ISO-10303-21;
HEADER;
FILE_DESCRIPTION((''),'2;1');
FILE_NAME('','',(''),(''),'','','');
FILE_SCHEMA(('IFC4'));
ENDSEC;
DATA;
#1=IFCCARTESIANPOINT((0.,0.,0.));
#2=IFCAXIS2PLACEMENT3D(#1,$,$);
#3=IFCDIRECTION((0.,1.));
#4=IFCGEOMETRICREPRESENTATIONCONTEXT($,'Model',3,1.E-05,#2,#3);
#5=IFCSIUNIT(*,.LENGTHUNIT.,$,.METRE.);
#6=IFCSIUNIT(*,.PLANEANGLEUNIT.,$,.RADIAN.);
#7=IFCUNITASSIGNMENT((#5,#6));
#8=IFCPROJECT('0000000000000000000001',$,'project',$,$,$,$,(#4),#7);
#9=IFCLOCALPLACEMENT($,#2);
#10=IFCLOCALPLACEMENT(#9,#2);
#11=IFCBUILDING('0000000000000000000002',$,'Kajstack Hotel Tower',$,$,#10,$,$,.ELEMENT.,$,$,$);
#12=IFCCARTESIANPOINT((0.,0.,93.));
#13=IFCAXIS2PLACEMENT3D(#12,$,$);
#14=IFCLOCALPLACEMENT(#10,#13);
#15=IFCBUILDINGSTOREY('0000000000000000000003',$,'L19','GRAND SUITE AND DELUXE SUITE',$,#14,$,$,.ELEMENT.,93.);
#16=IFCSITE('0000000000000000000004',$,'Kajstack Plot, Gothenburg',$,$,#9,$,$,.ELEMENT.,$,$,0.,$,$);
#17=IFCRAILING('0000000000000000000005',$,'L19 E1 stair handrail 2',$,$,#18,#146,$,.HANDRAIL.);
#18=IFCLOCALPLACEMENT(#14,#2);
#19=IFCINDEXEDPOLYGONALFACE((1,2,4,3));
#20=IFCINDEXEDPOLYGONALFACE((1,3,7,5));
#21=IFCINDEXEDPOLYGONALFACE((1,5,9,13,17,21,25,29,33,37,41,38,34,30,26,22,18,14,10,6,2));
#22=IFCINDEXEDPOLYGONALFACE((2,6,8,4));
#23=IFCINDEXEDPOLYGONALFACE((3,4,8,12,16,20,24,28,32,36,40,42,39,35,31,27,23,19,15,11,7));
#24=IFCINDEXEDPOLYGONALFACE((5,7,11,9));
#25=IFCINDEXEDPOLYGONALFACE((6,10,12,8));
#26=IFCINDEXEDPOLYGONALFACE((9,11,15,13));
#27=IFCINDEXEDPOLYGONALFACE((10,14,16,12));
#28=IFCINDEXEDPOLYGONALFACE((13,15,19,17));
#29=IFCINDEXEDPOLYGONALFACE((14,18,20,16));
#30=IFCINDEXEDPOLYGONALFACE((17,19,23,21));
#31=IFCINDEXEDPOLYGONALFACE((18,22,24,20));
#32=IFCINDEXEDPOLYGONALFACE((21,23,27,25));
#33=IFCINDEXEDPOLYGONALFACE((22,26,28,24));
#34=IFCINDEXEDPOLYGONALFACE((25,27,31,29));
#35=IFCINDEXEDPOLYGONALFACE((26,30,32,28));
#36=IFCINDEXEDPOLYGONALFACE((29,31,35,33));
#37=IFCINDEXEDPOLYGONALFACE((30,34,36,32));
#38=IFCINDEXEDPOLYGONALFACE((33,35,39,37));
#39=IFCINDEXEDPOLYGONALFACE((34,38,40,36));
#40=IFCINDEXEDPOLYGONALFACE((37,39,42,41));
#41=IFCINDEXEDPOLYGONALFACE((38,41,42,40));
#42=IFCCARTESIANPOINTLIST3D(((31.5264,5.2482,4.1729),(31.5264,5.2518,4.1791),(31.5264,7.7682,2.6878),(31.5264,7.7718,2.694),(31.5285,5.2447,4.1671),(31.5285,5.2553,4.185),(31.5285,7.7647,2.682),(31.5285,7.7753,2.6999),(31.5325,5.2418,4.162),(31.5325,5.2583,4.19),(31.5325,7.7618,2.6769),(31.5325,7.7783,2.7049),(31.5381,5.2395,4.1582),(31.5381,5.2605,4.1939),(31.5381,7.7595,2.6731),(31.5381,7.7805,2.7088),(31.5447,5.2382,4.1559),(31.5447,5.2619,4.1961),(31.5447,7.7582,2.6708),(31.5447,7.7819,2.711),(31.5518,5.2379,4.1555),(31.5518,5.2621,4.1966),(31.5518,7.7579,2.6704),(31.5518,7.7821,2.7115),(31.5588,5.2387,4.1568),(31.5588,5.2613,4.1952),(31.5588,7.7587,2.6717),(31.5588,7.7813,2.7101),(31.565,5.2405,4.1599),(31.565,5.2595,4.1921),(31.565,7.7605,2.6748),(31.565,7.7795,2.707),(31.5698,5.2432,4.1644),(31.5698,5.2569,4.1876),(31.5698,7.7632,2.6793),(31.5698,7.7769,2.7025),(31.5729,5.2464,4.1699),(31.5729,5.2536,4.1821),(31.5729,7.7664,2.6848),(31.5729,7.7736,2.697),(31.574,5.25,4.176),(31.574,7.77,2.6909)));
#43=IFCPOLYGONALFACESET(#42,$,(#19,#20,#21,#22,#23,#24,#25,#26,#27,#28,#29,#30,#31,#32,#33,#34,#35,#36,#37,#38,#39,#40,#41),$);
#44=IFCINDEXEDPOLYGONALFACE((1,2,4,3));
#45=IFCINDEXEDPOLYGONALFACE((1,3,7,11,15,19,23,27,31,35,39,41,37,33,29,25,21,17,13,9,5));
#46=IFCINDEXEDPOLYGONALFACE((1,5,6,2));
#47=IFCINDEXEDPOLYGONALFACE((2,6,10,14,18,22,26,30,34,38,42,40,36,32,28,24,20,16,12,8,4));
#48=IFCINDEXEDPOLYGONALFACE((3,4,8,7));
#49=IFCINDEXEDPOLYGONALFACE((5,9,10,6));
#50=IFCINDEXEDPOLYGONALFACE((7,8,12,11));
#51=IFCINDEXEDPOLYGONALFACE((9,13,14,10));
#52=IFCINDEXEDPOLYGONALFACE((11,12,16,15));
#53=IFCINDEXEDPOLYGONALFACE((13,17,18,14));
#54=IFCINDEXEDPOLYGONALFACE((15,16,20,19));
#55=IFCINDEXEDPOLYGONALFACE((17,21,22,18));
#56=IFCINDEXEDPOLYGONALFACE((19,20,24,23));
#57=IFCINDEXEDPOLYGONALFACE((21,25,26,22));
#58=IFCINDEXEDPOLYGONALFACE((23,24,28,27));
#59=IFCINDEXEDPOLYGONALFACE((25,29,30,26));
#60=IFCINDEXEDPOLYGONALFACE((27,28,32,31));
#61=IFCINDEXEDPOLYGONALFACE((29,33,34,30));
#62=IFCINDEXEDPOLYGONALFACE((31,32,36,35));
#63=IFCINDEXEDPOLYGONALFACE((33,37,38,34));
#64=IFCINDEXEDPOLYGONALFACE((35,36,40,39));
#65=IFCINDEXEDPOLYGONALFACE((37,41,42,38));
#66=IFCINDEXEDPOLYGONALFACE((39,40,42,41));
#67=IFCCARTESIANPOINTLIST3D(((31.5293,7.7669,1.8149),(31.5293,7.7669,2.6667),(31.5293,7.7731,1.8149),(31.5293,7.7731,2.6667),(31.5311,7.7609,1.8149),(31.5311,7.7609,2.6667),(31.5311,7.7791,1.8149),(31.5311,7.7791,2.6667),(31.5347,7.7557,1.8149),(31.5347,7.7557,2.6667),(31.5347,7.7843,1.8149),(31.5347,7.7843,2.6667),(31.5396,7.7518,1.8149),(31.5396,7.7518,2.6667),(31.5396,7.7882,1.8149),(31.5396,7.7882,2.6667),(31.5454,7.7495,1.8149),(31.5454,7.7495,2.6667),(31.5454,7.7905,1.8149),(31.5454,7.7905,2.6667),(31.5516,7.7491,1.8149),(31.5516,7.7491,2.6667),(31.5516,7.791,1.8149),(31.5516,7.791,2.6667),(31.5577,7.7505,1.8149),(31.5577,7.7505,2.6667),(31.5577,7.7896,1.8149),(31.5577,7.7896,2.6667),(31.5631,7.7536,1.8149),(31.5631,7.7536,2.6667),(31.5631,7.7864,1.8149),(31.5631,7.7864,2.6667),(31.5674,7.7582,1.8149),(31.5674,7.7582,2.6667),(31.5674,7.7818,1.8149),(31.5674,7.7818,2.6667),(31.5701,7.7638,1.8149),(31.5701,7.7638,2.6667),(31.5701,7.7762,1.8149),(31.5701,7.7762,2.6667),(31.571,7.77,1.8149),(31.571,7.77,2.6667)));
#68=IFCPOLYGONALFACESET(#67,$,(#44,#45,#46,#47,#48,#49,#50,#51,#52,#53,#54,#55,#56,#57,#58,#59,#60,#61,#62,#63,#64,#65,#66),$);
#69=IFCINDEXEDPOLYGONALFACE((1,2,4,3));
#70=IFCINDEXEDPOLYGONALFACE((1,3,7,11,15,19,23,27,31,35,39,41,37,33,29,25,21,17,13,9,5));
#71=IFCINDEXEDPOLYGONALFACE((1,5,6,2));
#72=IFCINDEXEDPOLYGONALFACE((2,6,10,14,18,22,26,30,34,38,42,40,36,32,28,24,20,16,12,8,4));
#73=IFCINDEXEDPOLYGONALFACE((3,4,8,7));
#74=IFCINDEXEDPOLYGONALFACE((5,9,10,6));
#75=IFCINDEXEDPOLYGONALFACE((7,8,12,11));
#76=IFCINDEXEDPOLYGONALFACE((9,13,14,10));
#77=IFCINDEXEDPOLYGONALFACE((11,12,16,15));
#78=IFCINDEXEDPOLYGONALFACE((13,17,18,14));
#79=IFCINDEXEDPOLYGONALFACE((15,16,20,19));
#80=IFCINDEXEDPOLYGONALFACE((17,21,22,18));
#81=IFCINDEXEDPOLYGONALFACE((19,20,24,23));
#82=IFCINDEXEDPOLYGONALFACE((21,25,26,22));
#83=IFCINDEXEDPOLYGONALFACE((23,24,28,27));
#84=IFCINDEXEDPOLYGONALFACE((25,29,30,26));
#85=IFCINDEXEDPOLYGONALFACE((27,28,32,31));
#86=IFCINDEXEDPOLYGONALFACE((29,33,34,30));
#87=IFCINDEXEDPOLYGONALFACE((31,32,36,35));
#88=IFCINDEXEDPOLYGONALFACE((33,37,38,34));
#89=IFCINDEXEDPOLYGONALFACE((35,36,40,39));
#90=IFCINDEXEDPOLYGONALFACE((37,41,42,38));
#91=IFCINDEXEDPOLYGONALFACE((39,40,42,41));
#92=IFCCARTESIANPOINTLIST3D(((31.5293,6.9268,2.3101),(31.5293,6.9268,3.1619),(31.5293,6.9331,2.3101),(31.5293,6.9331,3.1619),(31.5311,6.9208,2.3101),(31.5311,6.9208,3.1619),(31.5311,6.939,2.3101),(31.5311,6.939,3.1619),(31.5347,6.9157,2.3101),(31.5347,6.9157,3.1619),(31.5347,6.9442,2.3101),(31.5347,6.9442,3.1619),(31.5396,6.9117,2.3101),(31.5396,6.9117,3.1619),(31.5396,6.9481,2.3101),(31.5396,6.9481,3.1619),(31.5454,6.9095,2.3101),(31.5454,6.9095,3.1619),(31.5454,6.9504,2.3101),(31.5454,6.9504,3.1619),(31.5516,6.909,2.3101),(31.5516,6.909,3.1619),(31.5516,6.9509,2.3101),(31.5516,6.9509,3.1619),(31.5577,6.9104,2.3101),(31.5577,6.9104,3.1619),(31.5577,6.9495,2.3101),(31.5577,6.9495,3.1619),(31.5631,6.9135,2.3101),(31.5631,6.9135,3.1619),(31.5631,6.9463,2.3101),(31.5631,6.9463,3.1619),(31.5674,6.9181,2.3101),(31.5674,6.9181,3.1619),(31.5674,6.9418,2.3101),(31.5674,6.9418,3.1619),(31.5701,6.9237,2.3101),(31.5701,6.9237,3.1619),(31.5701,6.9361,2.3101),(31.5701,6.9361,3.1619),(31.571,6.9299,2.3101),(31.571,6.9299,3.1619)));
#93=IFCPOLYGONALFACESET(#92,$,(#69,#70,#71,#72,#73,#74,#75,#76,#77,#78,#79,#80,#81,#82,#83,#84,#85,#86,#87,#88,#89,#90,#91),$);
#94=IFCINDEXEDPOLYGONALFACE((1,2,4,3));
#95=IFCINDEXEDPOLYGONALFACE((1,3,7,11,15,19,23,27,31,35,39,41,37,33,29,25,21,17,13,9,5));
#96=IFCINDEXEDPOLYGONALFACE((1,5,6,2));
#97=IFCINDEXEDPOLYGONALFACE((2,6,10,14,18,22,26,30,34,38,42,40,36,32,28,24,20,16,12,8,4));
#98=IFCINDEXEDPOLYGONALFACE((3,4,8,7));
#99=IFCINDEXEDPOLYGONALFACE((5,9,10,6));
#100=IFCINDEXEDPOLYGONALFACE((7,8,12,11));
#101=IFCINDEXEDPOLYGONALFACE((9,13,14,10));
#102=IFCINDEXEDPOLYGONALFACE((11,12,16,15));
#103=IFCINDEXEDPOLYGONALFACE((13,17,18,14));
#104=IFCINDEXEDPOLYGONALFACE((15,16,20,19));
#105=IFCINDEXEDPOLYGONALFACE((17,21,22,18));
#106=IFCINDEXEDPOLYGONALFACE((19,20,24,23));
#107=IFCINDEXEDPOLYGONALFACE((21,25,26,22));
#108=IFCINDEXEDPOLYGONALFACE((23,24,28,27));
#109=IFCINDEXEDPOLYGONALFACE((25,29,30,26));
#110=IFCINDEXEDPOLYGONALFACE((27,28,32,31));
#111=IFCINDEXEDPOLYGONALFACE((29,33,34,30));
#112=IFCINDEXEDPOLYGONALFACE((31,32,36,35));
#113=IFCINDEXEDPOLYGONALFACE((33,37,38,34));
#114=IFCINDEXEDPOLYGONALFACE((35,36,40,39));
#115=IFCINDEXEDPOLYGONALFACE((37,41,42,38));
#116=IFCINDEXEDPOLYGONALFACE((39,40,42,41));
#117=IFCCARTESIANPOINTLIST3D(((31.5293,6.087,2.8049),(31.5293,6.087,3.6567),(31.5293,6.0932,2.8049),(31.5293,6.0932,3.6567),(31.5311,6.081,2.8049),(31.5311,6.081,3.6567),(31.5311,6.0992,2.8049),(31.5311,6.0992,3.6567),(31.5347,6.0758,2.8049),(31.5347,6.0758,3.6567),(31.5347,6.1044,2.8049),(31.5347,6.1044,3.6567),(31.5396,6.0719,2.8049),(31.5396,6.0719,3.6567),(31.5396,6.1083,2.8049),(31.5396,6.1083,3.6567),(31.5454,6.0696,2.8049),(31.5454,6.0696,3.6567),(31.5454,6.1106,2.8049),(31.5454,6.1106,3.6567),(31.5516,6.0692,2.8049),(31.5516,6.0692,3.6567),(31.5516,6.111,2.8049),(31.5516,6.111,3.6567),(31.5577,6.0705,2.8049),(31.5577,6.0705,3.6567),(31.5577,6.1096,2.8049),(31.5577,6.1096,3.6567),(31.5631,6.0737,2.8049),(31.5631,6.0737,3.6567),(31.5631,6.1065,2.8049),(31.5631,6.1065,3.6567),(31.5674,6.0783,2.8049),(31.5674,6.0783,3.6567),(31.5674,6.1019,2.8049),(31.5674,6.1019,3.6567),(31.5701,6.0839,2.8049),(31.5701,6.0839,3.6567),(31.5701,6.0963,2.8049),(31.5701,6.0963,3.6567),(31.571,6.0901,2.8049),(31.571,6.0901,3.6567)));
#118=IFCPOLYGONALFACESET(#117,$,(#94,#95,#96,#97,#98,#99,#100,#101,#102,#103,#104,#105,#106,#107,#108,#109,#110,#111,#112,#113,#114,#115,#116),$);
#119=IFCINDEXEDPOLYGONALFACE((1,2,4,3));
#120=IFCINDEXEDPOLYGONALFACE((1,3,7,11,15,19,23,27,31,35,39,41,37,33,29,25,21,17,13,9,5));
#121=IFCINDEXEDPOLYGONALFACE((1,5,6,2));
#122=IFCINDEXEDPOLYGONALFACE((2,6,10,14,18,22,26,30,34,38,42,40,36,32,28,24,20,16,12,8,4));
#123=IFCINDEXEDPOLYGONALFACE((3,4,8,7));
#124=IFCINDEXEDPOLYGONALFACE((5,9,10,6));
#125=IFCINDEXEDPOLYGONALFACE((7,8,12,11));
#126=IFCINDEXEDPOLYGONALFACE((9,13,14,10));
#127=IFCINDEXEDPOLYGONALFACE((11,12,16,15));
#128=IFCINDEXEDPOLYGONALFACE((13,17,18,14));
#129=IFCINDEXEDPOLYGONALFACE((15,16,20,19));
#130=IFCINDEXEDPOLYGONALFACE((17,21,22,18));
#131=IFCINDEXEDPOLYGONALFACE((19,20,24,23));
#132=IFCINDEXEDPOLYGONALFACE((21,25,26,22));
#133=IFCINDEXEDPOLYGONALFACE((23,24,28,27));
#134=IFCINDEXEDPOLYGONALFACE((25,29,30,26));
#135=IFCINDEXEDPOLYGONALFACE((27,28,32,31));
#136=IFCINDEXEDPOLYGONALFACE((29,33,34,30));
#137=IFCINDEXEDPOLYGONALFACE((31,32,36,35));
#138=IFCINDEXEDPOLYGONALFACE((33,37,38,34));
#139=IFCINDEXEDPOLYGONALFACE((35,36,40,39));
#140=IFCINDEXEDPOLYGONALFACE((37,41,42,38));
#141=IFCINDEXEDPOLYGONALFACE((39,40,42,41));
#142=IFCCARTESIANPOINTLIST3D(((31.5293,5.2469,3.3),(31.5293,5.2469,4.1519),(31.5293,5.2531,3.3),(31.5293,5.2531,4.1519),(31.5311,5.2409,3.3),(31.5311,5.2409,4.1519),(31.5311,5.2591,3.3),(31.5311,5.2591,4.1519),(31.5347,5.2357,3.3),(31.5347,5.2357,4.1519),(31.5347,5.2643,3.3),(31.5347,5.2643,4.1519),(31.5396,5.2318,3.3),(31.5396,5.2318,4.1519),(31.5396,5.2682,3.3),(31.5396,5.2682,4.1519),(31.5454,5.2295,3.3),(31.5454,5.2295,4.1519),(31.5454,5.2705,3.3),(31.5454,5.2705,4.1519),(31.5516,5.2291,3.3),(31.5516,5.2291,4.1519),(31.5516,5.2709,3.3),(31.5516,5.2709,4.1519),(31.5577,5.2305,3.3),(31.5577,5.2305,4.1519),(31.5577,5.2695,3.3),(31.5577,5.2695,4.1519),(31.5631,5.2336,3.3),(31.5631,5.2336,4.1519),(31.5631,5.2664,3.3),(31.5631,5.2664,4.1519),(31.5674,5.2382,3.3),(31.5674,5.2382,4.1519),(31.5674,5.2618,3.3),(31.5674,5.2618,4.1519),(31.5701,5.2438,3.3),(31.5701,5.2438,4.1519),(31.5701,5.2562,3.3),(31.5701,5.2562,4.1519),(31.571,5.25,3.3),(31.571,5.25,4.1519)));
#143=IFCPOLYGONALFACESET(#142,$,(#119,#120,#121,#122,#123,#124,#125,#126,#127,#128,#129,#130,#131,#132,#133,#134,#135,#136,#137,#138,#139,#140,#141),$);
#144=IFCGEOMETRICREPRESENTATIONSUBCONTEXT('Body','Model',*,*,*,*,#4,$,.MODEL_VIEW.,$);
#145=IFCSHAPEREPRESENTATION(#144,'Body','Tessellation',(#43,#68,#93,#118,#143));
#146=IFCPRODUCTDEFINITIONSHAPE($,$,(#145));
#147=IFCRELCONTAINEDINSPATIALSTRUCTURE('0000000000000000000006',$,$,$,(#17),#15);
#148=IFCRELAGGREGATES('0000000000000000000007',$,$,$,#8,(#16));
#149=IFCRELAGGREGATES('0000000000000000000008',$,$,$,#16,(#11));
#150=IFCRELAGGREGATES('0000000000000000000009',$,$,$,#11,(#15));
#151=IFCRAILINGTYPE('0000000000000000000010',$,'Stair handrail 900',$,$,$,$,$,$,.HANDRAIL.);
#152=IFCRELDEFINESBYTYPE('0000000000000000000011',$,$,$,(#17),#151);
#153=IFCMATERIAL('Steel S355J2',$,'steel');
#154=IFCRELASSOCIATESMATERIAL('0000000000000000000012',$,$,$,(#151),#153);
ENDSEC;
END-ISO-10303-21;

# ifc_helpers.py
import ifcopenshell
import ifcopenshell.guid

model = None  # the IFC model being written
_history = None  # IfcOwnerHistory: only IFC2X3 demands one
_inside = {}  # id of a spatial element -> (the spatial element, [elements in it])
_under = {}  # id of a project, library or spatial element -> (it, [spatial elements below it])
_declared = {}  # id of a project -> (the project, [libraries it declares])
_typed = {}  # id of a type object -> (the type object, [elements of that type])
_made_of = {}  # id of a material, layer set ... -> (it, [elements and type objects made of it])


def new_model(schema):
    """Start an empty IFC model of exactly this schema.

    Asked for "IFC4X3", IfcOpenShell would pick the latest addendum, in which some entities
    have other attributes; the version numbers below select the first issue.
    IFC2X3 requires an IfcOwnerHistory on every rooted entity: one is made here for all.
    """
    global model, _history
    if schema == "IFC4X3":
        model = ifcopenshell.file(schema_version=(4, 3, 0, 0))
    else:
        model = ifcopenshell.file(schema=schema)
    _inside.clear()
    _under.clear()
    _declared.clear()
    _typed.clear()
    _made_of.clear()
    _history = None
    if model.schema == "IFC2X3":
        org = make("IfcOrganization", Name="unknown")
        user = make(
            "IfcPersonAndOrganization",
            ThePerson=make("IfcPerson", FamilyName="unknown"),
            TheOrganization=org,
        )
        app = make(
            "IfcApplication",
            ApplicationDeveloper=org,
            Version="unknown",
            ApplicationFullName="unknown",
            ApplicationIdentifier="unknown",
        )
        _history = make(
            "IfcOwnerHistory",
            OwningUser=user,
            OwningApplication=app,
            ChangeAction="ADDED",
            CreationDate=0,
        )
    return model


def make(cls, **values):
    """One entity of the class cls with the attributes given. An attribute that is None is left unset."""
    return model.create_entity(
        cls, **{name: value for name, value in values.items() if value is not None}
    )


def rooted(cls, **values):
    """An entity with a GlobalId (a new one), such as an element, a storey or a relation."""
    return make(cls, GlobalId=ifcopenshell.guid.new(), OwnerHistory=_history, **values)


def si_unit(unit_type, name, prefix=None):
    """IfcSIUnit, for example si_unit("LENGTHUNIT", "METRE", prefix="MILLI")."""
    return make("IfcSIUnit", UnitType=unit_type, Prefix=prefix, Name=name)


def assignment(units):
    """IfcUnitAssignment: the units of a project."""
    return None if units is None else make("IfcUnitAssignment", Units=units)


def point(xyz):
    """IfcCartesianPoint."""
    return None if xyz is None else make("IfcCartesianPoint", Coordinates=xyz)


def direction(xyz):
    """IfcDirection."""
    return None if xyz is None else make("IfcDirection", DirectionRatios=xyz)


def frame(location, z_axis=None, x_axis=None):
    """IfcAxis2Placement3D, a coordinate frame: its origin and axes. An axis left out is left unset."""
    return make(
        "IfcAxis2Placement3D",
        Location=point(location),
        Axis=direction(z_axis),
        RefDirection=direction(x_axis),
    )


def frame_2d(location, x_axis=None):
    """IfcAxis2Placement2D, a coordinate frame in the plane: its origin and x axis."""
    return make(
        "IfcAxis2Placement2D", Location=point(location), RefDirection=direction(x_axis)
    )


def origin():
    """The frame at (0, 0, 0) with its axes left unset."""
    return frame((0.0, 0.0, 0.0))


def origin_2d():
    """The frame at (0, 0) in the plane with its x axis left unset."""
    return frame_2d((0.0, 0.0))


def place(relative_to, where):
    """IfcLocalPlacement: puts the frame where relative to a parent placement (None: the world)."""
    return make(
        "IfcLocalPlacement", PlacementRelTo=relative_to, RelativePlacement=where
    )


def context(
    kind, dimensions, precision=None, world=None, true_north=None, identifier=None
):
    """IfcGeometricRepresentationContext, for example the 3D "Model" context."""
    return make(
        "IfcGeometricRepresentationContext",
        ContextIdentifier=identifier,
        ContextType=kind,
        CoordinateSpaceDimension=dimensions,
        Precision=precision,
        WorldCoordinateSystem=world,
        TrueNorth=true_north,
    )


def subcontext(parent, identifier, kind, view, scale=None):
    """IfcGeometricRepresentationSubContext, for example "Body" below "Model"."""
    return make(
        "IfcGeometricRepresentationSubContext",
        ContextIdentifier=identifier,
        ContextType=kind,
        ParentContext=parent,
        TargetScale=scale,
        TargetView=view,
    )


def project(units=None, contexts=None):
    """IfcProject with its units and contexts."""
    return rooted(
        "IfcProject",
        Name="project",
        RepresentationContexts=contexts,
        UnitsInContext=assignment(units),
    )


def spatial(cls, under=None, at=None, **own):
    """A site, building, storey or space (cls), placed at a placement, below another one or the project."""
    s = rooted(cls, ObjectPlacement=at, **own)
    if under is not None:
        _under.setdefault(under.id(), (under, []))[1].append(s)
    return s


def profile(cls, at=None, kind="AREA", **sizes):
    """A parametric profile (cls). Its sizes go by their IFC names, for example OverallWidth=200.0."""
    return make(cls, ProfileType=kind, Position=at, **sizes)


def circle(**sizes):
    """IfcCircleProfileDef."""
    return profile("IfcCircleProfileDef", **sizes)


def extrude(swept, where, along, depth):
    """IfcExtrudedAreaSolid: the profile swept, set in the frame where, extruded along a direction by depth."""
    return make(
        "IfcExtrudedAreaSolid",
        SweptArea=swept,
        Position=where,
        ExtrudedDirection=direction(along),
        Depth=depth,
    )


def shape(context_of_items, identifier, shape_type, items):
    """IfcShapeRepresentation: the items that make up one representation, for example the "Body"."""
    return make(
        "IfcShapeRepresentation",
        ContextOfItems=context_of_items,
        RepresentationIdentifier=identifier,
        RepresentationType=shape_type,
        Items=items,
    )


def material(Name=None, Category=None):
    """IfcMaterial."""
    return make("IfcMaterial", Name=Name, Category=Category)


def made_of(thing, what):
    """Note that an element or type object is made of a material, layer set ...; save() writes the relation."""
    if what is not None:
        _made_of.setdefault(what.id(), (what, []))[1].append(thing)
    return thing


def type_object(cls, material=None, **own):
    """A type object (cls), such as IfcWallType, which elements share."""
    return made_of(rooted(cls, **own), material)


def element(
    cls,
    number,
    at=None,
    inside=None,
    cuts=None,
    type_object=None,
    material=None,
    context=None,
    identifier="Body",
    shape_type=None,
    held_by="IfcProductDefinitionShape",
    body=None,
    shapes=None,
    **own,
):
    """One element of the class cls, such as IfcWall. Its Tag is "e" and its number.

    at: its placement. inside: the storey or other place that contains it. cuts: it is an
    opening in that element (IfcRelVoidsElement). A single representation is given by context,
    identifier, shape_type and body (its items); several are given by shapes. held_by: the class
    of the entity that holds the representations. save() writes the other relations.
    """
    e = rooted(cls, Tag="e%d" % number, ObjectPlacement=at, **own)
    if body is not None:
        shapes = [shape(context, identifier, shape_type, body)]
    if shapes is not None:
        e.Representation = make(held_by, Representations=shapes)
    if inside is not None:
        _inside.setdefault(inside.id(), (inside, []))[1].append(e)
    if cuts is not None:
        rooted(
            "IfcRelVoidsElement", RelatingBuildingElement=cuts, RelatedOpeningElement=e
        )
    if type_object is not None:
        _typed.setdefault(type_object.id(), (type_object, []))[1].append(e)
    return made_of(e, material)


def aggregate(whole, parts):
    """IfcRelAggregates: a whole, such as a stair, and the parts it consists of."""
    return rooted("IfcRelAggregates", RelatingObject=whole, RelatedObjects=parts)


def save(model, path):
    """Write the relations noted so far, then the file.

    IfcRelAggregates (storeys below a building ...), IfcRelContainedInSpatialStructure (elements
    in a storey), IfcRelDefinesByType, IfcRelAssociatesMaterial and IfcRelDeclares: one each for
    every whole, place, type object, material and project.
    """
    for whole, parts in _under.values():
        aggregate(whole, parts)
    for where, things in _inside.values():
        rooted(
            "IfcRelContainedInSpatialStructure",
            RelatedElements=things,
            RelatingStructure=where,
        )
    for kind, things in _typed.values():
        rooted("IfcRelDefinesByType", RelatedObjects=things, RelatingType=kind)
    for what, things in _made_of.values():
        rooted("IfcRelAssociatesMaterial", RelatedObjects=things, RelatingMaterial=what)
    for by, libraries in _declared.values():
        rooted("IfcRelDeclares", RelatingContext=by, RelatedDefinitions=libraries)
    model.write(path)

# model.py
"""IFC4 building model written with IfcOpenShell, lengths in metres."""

from ifc_helpers import new_model, si_unit, direction, frame, origin, origin_2d, place, context, subcontext, project, spatial, circle, extrude, material, type_object, element, save


model = new_model("IFC4")

# Units and contexts
model_context = context("Model", 3, precision=1e-05, world=origin(), true_north=direction((0.0, 1.0)))
body_context = subcontext(model_context, "Body", "Model", "MODEL_VIEW")
ifc_project = project(units=[si_unit("LENGTHUNIT", "METRE"), si_unit("PLANEANGLEUNIT", "RADIAN")], contexts=[model_context])

# Site, building, storey
site_placement = place(None, origin())
site = spatial("IfcSite", under=ifc_project, at=site_placement, Name="Kajstack Plot, Gothenburg", CompositionType="ELEMENT", RefElevation=0.0)
building_placement = place(site_placement, origin())
building = spatial("IfcBuilding", under=site, at=building_placement, Name="Kajstack Hotel Tower", CompositionType="ELEMENT")
storey_placement = place(building_placement, frame((0.0, 0.0, 93.0)))
storey = spatial("IfcBuildingStorey", under=building, at=storey_placement, Name="L19", Description="GRAND SUITE AND DELUXE SUITE", CompositionType="ELEMENT", Elevation=93.0)

# Railing
ifc_material_1 = material(Name="Steel S355J2", Category="steel")
railing_type_1 = type_object("IfcRailingType", Name="Stair handrail 900", PredefinedType="HANDRAIL", material=ifc_material_1)
railing_1_placement = place(storey_placement, frame((31.55, 7.77, 1.8149)))
element("IfcRailing", 1, at=railing_1_placement, inside=storey, type_object=railing_type_1, Name="L19 E1 stair handrail 2", PredefinedType="HANDRAIL", context=body_context, shape_type="SweptSolid", body=[
    extrude(circle(Radius=0.0239, at=origin_2d()), frame((0.0, 0.0, 0.876), z_axis=(0.0, -0.861524, 0.507717), x_axis=(1.0, 0.0, 0.0)), (0.0, 0.0, 1.0), 2.925),
    extrude(circle(Radius=0.021, at=origin_2d()), origin(), (0.0, 0.0, 1.0), 0.8518),
    extrude(circle(Radius=0.021, at=origin_2d()), frame((0.0, -0.8401, 0.4951)), (0.0, 0.0, 1.0), 0.8518),
    extrude(circle(Radius=0.021, at=origin_2d()), frame((0.0, -1.6799, 0.99)), (0.0, 0.0, 1.0), 0.8518),
    extrude(circle(Radius=0.021, at=origin_2d()), frame((0.0, -2.52, 1.4851)), (0.0, 0.0, 1.0), 0.8518),
])

save(model, "model.ifc")
